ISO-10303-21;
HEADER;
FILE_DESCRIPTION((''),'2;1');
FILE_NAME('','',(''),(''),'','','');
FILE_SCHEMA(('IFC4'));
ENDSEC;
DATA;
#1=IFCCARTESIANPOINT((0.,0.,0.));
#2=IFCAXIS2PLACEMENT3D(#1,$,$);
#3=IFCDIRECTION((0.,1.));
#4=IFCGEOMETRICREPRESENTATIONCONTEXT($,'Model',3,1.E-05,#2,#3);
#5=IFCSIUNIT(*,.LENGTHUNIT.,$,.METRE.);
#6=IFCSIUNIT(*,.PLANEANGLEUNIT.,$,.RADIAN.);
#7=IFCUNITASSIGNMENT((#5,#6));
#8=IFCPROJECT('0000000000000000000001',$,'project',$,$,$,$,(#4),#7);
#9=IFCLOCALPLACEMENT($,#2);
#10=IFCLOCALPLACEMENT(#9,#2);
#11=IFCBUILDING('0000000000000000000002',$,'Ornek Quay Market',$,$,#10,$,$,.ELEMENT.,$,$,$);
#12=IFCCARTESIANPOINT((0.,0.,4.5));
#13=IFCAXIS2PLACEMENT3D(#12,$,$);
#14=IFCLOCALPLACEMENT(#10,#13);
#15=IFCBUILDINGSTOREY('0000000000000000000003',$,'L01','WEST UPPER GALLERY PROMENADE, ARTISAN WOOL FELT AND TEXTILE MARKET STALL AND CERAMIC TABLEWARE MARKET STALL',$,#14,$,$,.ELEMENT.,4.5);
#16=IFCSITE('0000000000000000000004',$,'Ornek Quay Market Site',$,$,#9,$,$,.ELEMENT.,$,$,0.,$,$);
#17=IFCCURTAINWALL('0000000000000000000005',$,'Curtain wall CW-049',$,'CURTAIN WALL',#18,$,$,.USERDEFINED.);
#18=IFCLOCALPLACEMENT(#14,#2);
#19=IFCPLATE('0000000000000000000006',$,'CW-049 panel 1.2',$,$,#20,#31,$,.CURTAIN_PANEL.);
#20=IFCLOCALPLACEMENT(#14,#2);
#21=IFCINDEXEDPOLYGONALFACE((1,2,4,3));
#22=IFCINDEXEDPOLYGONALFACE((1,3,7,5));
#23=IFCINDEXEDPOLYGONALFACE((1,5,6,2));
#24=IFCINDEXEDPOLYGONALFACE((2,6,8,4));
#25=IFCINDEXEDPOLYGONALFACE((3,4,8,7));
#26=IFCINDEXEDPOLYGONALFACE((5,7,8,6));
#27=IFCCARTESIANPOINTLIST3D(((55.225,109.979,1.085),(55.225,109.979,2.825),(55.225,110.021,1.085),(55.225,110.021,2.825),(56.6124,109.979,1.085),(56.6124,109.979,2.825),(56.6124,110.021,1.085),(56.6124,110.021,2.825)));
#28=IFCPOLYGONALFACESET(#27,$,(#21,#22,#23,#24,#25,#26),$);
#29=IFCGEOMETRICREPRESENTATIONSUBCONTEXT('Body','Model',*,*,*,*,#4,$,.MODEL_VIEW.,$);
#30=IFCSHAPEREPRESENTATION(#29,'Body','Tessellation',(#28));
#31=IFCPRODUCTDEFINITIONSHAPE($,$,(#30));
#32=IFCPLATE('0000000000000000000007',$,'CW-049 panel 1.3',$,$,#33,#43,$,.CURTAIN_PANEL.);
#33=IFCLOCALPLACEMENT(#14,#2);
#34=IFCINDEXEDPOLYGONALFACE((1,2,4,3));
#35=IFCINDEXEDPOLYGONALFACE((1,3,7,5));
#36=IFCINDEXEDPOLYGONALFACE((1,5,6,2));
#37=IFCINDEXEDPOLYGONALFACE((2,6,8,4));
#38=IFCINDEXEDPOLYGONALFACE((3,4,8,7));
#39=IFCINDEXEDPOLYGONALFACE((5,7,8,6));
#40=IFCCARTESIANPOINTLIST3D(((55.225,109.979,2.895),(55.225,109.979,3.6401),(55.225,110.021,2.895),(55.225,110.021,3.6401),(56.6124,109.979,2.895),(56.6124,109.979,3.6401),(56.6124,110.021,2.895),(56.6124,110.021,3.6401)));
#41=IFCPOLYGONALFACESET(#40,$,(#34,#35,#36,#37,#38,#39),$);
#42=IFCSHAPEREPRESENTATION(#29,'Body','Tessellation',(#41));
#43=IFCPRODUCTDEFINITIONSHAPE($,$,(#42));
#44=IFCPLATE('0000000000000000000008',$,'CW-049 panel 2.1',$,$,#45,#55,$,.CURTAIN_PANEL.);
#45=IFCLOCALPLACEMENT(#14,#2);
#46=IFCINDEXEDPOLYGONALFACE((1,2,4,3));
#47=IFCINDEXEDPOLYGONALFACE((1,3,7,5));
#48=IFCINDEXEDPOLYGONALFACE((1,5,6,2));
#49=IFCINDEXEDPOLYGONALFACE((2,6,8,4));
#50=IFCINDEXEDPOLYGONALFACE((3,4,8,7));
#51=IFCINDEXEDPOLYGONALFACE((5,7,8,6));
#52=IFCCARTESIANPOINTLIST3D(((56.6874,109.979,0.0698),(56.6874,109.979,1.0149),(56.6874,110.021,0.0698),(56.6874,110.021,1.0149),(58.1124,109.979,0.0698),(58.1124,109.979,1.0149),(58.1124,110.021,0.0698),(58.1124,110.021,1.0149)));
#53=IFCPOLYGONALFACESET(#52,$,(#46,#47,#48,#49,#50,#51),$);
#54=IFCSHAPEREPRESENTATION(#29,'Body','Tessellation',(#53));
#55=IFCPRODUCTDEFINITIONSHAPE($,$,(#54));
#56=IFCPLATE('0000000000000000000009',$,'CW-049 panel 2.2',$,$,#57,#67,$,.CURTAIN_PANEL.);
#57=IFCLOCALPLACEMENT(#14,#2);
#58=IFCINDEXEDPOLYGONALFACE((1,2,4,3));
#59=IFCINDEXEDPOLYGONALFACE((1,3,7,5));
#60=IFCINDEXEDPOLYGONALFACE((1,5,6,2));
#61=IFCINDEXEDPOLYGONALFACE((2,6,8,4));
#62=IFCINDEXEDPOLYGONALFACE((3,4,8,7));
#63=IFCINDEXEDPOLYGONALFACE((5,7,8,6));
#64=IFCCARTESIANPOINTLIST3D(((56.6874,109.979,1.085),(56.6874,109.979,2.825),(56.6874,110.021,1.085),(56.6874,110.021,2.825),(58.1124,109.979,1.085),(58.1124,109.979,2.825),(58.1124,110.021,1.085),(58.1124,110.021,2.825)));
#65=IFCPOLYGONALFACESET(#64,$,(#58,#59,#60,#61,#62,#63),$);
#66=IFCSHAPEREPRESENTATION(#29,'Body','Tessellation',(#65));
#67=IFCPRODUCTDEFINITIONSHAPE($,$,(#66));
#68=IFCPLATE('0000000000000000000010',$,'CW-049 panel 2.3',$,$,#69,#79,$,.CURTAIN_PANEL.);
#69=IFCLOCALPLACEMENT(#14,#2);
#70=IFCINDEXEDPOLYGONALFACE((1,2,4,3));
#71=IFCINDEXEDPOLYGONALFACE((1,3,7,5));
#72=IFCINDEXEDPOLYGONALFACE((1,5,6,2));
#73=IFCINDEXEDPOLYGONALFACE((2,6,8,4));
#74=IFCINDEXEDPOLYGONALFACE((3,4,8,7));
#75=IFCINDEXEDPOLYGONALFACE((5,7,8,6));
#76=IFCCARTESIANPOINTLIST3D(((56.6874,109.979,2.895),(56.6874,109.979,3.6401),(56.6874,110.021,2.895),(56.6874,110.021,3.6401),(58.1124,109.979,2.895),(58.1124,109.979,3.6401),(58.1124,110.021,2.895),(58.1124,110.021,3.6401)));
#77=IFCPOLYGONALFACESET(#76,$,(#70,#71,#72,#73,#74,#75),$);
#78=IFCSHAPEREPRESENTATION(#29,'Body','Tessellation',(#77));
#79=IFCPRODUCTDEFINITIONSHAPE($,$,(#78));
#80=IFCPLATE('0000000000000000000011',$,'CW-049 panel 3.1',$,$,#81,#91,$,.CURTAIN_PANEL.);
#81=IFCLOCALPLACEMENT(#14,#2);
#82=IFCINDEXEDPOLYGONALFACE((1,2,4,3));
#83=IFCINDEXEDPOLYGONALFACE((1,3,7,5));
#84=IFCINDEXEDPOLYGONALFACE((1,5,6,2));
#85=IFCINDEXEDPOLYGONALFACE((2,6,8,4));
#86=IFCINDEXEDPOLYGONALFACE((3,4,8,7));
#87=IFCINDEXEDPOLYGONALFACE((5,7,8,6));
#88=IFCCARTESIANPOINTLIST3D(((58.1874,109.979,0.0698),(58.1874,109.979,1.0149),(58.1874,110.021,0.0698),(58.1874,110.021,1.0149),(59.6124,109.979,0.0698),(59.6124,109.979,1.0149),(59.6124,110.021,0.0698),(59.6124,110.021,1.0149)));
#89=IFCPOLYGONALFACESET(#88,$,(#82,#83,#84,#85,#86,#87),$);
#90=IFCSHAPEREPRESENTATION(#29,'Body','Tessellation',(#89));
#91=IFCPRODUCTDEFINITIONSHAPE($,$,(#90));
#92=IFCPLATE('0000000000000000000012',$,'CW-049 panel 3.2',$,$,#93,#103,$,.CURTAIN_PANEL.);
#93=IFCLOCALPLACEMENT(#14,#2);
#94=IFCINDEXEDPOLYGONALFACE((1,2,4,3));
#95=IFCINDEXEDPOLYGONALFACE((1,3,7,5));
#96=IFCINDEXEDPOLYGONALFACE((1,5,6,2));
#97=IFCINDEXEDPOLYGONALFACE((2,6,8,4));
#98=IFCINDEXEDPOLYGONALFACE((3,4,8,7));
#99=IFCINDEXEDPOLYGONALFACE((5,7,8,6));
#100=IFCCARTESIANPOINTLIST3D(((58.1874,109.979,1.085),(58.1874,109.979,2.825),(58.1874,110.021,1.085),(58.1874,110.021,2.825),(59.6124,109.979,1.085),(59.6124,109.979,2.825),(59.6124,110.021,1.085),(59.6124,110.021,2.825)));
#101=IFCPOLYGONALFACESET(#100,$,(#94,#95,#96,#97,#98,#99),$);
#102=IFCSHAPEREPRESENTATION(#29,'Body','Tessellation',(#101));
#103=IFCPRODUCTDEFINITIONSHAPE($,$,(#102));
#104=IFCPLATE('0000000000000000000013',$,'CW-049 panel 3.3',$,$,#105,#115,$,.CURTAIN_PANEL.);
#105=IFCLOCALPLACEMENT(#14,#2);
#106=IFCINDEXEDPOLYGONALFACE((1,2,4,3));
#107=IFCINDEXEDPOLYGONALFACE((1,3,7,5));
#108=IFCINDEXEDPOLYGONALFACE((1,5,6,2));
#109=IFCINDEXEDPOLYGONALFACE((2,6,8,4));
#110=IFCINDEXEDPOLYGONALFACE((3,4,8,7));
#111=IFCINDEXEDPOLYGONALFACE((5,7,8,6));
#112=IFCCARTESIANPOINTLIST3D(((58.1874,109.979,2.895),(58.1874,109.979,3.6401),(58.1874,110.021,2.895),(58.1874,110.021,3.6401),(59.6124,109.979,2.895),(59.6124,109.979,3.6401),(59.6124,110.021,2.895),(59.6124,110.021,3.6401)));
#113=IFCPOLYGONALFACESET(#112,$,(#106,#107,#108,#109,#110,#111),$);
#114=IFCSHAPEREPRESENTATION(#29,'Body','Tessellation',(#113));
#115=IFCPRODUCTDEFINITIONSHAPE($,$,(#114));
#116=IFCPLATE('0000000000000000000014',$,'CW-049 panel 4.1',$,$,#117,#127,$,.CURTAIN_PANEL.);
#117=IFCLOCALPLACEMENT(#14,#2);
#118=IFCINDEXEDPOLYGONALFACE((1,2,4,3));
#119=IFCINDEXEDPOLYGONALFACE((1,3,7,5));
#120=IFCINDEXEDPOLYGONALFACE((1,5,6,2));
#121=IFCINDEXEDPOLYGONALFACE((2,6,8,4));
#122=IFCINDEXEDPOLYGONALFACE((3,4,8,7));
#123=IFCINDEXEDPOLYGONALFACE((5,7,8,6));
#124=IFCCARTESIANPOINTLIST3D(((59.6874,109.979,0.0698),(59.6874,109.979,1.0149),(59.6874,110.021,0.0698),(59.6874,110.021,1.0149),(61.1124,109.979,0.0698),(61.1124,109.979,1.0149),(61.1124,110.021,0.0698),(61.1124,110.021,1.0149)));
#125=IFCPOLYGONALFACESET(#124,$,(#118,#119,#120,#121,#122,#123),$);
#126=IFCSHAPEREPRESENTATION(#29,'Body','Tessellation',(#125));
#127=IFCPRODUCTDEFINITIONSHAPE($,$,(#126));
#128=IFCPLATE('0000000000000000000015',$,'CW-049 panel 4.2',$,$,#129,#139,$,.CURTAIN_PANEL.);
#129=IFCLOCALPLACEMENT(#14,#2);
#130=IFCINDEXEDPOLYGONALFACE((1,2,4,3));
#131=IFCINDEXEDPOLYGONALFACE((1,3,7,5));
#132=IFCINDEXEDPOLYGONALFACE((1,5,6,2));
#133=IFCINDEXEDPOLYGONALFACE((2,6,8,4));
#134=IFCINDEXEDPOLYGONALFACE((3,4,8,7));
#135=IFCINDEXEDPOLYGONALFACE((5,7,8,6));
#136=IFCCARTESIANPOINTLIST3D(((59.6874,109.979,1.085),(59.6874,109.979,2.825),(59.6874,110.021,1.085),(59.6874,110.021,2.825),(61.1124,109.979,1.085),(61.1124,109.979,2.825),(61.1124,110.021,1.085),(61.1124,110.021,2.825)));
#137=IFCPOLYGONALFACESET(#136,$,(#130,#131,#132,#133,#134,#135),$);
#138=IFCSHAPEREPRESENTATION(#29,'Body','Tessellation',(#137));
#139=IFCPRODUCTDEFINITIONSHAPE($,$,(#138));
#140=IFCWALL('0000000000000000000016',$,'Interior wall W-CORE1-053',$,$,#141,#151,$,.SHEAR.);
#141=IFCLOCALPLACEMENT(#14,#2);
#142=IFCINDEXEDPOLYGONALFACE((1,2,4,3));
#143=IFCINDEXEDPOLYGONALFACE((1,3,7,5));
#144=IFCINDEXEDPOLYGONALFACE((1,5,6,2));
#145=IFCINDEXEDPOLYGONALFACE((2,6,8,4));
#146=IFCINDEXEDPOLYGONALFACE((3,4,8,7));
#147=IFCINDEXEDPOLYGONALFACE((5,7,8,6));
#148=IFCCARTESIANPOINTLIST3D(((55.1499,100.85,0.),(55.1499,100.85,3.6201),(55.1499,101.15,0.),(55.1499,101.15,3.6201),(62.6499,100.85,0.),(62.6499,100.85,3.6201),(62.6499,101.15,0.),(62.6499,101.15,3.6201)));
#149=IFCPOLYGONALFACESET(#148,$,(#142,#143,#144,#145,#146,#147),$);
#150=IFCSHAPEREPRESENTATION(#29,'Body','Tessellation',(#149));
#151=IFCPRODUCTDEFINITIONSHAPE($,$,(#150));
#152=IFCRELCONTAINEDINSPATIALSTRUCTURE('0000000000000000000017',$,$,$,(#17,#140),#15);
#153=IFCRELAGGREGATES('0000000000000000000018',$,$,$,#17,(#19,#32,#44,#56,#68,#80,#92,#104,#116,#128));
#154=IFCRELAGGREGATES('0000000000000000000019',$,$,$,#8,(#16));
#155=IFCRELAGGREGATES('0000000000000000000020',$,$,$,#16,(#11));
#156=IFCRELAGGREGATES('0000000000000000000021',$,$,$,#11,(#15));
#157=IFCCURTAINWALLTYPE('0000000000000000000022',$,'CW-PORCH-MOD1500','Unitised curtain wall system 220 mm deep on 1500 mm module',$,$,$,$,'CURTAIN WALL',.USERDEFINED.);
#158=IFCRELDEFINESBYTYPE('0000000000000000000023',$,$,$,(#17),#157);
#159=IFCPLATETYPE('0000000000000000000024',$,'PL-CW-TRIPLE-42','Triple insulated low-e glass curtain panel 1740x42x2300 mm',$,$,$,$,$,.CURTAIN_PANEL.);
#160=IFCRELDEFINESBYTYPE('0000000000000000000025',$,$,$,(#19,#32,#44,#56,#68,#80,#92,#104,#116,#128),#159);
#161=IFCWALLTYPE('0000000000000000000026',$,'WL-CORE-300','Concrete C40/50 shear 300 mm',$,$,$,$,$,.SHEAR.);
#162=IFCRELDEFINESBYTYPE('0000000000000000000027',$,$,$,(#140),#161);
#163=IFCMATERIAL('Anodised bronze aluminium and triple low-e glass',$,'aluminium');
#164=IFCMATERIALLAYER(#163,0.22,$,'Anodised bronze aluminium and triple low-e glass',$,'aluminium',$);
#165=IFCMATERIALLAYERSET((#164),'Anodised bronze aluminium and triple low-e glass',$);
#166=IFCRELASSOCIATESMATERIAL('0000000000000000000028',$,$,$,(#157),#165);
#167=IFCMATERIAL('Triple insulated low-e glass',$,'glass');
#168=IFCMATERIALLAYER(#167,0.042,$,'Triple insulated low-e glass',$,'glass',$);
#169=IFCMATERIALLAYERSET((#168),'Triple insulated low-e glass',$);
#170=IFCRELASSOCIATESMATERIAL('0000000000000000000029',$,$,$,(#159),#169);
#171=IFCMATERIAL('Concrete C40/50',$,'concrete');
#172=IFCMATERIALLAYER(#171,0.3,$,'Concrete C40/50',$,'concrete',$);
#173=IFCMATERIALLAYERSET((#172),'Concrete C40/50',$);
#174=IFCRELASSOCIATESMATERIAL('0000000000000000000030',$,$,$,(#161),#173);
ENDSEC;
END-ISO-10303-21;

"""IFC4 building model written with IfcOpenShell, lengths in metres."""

from ifc_helpers import new_model, si_unit, direction, frame, frame_2d, origin, origin_2d, place, context, subcontext, project, spatial, rectangle, extrude, material, layer, layer_set, type_object, element, aggregate, save


model = new_model("IFC4")

# Units and contexts
model_context = context("Model", 3, precision=1e-05, world=origin(), true_north=direction((0.0, 1.0)))
body_context = subcontext(model_context, "Body", "Model", "MODEL_VIEW")
ifc_project = project(units=[si_unit("LENGTHUNIT", "METRE"), si_unit("PLANEANGLEUNIT", "RADIAN")], contexts=[model_context])

# Site, building, storey
site_placement = place(None, origin())
site = spatial("IfcSite", under=ifc_project, at=site_placement, Name="Ornek Quay Market Site", CompositionType="ELEMENT", RefElevation=0.0)
building_placement = place(site_placement, origin())
building = spatial("IfcBuilding", under=site, at=building_placement, Name="Ornek Quay Market", CompositionType="ELEMENT")
storey_placement = place(building_placement, frame((0.0, 0.0, 4.5)))
storey = spatial("IfcBuildingStorey", under=building, at=storey_placement, Name="L01", Description="WEST UPPER GALLERY PROMENADE, ARTISAN WOOL FELT AND TEXTILE MARKET STALL AND CERAMIC TABLEWARE MARKET STALL", CompositionType="ELEMENT", Elevation=4.5)

# Shared definitions
ifc_material_1 = material(Name="Concrete C40/50", Category="concrete")

# Curtain wall, plates
ifc_material_2 = material(Name="Anodised bronze aluminium and triple low-e glass", Category="aluminium")
ifc_layer_1 = layer(ifc_material_2, 0.22, Name="Anodised bronze aluminium and triple low-e glass", Category="aluminium")
ifc_layer_set_1 = layer_set([ifc_layer_1], Name="Anodised bronze aluminium and triple low-e glass")
curtain_wall_type = type_object("IfcCurtainWallType", Name="CW-PORCH-MOD1500", Description="Unitised curtain wall system 220 mm deep on 1500 mm module", ElementType="CURTAIN WALL", PredefinedType="USERDEFINED", material=ifc_layer_set_1)
curtain_wall_placement = place(storey_placement, origin())
curtain_wall = element("IfcCurtainWall", 1, at=curtain_wall_placement, inside=storey, type_object=curtain_wall_type, Name="Curtain wall CW-049", ObjectType="CURTAIN WALL", PredefinedType="USERDEFINED")
ifc_material_3 = material(Name="Triple insulated low-e glass", Category="glass")
ifc_layer_2 = layer(ifc_material_3, 0.042, Name="Triple insulated low-e glass", Category="glass")
ifc_layer_set_2 = layer_set([ifc_layer_2], Name="Triple insulated low-e glass")
plate_type = type_object("IfcPlateType", Name="PL-CW-TRIPLE-42", Description="Triple insulated low-e glass curtain panel 1740x42x2300 mm", PredefinedType="CURTAIN_PANEL", material=ifc_layer_set_2)
plate_1_placement = place(storey_placement, frame((55.9187, 110.0, 1.085), z_axis=(0.0, 0.0, 1.0), x_axis=(1.0, 0.0, 0.0)))
plate_1 = element("IfcPlate", 2, at=plate_1_placement, type_object=plate_type, Name="CW-049 panel 1.2", PredefinedType="CURTAIN_PANEL", context=body_context, shape_type="SweptSolid", body=[
    extrude(rectangle(XDim=1.3875, YDim=0.042, at=origin_2d()), origin(), (0.0, 0.0, 1.0), 1.74),
])
plate_2_placement = place(storey_placement, frame((55.9187, 110.0, 2.895), z_axis=(0.0, 0.0, 1.0), x_axis=(1.0, 0.0, 0.0)))
plate_2 = element("IfcPlate", 3, at=plate_2_placement, type_object=plate_type, Name="CW-049 panel 1.3", PredefinedType="CURTAIN_PANEL", context=body_context, shape_type="SweptSolid", body=[
    extrude(rectangle(XDim=1.3875, YDim=0.042, at=origin_2d()), origin(), (0.0, 0.0, 1.0), 0.7451),
])
plate_3_placement = place(storey_placement, frame((57.3999, 110.0, 0.0698), z_axis=(0.0, 0.0, 1.0), x_axis=(1.0, 0.0, 0.0)))
plate_3 = element("IfcPlate", 4, at=plate_3_placement, type_object=plate_type, Name="CW-049 panel 2.1", PredefinedType="CURTAIN_PANEL", context=body_context, shape_type="SweptSolid", body=[
    extrude(rectangle(XDim=1.425, YDim=0.042, at=origin_2d()), origin(), (0.0, 0.0, 1.0), 0.9451),
])
plate_4_placement = place(storey_placement, frame((57.3999, 110.0, 1.085), z_axis=(0.0, 0.0, 1.0), x_axis=(1.0, 0.0, 0.0)))
plate_4 = element("IfcPlate", 5, at=plate_4_placement, type_object=plate_type, Name="CW-049 panel 2.2", PredefinedType="CURTAIN_PANEL", context=body_context, shape_type="SweptSolid", body=[
    extrude(rectangle(XDim=1.425, YDim=0.042, at=origin_2d()), origin(), (0.0, 0.0, 1.0), 1.74),
])
plate_5_placement = place(storey_placement, frame((57.3999, 110.0, 2.895), z_axis=(0.0, 0.0, 1.0), x_axis=(1.0, 0.0, 0.0)))
plate_5 = element("IfcPlate", 6, at=plate_5_placement, type_object=plate_type, Name="CW-049 panel 2.3", PredefinedType="CURTAIN_PANEL", context=body_context, shape_type="SweptSolid", body=[
    extrude(rectangle(XDim=1.425, YDim=0.042, at=origin_2d()), origin(), (0.0, 0.0, 1.0), 0.7451),
])
plate_6_placement = place(storey_placement, frame((58.8999, 110.0, 0.0698), z_axis=(0.0, 0.0, 1.0), x_axis=(1.0, 0.0, 0.0)))
plate_6 = element("IfcPlate", 7, at=plate_6_placement, type_object=plate_type, Name="CW-049 panel 3.1", PredefinedType="CURTAIN_PANEL", context=body_context, shape_type="SweptSolid", body=[
    extrude(rectangle(XDim=1.425, YDim=0.042, at=origin_2d()), origin(), (0.0, 0.0, 1.0), 0.9451),
])
plate_7_placement = place(storey_placement, frame((58.8999, 110.0, 1.085), z_axis=(0.0, 0.0, 1.0), x_axis=(1.0, 0.0, 0.0)))
plate_7 = element("IfcPlate", 8, at=plate_7_placement, type_object=plate_type, Name="CW-049 panel 3.2", PredefinedType="CURTAIN_PANEL", context=body_context, shape_type="SweptSolid", body=[
    extrude(rectangle(XDim=1.425, YDim=0.042, at=origin_2d()), origin(), (0.0, 0.0, 1.0), 1.74),
])
plate_8_placement = place(storey_placement, frame((58.8999, 110.0, 2.895), z_axis=(0.0, 0.0, 1.0), x_axis=(1.0, 0.0, 0.0)))
plate_8 = element("IfcPlate", 9, at=plate_8_placement, type_object=plate_type, Name="CW-049 panel 3.3", PredefinedType="CURTAIN_PANEL", context=body_context, shape_type="SweptSolid", body=[
    extrude(rectangle(XDim=1.425, YDim=0.042, at=origin_2d()), origin(), (0.0, 0.0, 1.0), 0.7451),
])
plate_9_placement = place(storey_placement, frame((60.3999, 110.0, 0.0698), z_axis=(0.0, 0.0, 1.0), x_axis=(1.0, 0.0, 0.0)))
plate_9 = element("IfcPlate", 10, at=plate_9_placement, type_object=plate_type, Name="CW-049 panel 4.1", PredefinedType="CURTAIN_PANEL", context=body_context, shape_type="SweptSolid", body=[
    extrude(rectangle(XDim=1.425, YDim=0.042, at=origin_2d()), origin(), (0.0, 0.0, 1.0), 0.9451),
])
plate_10_placement = place(storey_placement, frame((60.3999, 110.0, 1.085), z_axis=(0.0, 0.0, 1.0), x_axis=(1.0, 0.0, 0.0)))
plate_10 = element("IfcPlate", 11, at=plate_10_placement, type_object=plate_type, Name="CW-049 panel 4.2", PredefinedType="CURTAIN_PANEL", context=body_context, shape_type="SweptSolid", body=[
    extrude(rectangle(XDim=1.425, YDim=0.042, at=origin_2d()), origin(), (0.0, 0.0, 1.0), 1.74),
])
aggregate(curtain_wall, [plate_1, plate_2, plate_3, plate_4, plate_5, plate_6, plate_7, plate_8, plate_9, plate_10])

# Wall
ifc_layer_3 = layer(ifc_material_1, 0.3, Name="Concrete C40/50", Category="concrete")
ifc_layer_set_3 = layer_set([ifc_layer_3], Name="Concrete C40/50")
wall_type = type_object("IfcWallType", Name="WL-CORE-300", Description="Concrete C40/50 shear 300 mm", PredefinedType="SHEAR", material=ifc_layer_set_3)
wall_placement = place(storey_placement, frame((55.1499, 101.0, 0.0), z_axis=(0.0, 0.0, 1.0), x_axis=(1.0, 0.0, 0.0)))
element("IfcWall", 12, at=wall_placement, inside=storey, type_object=wall_type, Name="Interior wall W-CORE1-053", PredefinedType="SHEAR", context=body_context, shape_type="SweptSolid", body=[
    extrude(rectangle(XDim=7.5, YDim=0.3, at=frame_2d((3.75, 0.0))), origin(), (0.0, 0.0, 1.0), 3.6201),
])

save(model, "model.ifc")
